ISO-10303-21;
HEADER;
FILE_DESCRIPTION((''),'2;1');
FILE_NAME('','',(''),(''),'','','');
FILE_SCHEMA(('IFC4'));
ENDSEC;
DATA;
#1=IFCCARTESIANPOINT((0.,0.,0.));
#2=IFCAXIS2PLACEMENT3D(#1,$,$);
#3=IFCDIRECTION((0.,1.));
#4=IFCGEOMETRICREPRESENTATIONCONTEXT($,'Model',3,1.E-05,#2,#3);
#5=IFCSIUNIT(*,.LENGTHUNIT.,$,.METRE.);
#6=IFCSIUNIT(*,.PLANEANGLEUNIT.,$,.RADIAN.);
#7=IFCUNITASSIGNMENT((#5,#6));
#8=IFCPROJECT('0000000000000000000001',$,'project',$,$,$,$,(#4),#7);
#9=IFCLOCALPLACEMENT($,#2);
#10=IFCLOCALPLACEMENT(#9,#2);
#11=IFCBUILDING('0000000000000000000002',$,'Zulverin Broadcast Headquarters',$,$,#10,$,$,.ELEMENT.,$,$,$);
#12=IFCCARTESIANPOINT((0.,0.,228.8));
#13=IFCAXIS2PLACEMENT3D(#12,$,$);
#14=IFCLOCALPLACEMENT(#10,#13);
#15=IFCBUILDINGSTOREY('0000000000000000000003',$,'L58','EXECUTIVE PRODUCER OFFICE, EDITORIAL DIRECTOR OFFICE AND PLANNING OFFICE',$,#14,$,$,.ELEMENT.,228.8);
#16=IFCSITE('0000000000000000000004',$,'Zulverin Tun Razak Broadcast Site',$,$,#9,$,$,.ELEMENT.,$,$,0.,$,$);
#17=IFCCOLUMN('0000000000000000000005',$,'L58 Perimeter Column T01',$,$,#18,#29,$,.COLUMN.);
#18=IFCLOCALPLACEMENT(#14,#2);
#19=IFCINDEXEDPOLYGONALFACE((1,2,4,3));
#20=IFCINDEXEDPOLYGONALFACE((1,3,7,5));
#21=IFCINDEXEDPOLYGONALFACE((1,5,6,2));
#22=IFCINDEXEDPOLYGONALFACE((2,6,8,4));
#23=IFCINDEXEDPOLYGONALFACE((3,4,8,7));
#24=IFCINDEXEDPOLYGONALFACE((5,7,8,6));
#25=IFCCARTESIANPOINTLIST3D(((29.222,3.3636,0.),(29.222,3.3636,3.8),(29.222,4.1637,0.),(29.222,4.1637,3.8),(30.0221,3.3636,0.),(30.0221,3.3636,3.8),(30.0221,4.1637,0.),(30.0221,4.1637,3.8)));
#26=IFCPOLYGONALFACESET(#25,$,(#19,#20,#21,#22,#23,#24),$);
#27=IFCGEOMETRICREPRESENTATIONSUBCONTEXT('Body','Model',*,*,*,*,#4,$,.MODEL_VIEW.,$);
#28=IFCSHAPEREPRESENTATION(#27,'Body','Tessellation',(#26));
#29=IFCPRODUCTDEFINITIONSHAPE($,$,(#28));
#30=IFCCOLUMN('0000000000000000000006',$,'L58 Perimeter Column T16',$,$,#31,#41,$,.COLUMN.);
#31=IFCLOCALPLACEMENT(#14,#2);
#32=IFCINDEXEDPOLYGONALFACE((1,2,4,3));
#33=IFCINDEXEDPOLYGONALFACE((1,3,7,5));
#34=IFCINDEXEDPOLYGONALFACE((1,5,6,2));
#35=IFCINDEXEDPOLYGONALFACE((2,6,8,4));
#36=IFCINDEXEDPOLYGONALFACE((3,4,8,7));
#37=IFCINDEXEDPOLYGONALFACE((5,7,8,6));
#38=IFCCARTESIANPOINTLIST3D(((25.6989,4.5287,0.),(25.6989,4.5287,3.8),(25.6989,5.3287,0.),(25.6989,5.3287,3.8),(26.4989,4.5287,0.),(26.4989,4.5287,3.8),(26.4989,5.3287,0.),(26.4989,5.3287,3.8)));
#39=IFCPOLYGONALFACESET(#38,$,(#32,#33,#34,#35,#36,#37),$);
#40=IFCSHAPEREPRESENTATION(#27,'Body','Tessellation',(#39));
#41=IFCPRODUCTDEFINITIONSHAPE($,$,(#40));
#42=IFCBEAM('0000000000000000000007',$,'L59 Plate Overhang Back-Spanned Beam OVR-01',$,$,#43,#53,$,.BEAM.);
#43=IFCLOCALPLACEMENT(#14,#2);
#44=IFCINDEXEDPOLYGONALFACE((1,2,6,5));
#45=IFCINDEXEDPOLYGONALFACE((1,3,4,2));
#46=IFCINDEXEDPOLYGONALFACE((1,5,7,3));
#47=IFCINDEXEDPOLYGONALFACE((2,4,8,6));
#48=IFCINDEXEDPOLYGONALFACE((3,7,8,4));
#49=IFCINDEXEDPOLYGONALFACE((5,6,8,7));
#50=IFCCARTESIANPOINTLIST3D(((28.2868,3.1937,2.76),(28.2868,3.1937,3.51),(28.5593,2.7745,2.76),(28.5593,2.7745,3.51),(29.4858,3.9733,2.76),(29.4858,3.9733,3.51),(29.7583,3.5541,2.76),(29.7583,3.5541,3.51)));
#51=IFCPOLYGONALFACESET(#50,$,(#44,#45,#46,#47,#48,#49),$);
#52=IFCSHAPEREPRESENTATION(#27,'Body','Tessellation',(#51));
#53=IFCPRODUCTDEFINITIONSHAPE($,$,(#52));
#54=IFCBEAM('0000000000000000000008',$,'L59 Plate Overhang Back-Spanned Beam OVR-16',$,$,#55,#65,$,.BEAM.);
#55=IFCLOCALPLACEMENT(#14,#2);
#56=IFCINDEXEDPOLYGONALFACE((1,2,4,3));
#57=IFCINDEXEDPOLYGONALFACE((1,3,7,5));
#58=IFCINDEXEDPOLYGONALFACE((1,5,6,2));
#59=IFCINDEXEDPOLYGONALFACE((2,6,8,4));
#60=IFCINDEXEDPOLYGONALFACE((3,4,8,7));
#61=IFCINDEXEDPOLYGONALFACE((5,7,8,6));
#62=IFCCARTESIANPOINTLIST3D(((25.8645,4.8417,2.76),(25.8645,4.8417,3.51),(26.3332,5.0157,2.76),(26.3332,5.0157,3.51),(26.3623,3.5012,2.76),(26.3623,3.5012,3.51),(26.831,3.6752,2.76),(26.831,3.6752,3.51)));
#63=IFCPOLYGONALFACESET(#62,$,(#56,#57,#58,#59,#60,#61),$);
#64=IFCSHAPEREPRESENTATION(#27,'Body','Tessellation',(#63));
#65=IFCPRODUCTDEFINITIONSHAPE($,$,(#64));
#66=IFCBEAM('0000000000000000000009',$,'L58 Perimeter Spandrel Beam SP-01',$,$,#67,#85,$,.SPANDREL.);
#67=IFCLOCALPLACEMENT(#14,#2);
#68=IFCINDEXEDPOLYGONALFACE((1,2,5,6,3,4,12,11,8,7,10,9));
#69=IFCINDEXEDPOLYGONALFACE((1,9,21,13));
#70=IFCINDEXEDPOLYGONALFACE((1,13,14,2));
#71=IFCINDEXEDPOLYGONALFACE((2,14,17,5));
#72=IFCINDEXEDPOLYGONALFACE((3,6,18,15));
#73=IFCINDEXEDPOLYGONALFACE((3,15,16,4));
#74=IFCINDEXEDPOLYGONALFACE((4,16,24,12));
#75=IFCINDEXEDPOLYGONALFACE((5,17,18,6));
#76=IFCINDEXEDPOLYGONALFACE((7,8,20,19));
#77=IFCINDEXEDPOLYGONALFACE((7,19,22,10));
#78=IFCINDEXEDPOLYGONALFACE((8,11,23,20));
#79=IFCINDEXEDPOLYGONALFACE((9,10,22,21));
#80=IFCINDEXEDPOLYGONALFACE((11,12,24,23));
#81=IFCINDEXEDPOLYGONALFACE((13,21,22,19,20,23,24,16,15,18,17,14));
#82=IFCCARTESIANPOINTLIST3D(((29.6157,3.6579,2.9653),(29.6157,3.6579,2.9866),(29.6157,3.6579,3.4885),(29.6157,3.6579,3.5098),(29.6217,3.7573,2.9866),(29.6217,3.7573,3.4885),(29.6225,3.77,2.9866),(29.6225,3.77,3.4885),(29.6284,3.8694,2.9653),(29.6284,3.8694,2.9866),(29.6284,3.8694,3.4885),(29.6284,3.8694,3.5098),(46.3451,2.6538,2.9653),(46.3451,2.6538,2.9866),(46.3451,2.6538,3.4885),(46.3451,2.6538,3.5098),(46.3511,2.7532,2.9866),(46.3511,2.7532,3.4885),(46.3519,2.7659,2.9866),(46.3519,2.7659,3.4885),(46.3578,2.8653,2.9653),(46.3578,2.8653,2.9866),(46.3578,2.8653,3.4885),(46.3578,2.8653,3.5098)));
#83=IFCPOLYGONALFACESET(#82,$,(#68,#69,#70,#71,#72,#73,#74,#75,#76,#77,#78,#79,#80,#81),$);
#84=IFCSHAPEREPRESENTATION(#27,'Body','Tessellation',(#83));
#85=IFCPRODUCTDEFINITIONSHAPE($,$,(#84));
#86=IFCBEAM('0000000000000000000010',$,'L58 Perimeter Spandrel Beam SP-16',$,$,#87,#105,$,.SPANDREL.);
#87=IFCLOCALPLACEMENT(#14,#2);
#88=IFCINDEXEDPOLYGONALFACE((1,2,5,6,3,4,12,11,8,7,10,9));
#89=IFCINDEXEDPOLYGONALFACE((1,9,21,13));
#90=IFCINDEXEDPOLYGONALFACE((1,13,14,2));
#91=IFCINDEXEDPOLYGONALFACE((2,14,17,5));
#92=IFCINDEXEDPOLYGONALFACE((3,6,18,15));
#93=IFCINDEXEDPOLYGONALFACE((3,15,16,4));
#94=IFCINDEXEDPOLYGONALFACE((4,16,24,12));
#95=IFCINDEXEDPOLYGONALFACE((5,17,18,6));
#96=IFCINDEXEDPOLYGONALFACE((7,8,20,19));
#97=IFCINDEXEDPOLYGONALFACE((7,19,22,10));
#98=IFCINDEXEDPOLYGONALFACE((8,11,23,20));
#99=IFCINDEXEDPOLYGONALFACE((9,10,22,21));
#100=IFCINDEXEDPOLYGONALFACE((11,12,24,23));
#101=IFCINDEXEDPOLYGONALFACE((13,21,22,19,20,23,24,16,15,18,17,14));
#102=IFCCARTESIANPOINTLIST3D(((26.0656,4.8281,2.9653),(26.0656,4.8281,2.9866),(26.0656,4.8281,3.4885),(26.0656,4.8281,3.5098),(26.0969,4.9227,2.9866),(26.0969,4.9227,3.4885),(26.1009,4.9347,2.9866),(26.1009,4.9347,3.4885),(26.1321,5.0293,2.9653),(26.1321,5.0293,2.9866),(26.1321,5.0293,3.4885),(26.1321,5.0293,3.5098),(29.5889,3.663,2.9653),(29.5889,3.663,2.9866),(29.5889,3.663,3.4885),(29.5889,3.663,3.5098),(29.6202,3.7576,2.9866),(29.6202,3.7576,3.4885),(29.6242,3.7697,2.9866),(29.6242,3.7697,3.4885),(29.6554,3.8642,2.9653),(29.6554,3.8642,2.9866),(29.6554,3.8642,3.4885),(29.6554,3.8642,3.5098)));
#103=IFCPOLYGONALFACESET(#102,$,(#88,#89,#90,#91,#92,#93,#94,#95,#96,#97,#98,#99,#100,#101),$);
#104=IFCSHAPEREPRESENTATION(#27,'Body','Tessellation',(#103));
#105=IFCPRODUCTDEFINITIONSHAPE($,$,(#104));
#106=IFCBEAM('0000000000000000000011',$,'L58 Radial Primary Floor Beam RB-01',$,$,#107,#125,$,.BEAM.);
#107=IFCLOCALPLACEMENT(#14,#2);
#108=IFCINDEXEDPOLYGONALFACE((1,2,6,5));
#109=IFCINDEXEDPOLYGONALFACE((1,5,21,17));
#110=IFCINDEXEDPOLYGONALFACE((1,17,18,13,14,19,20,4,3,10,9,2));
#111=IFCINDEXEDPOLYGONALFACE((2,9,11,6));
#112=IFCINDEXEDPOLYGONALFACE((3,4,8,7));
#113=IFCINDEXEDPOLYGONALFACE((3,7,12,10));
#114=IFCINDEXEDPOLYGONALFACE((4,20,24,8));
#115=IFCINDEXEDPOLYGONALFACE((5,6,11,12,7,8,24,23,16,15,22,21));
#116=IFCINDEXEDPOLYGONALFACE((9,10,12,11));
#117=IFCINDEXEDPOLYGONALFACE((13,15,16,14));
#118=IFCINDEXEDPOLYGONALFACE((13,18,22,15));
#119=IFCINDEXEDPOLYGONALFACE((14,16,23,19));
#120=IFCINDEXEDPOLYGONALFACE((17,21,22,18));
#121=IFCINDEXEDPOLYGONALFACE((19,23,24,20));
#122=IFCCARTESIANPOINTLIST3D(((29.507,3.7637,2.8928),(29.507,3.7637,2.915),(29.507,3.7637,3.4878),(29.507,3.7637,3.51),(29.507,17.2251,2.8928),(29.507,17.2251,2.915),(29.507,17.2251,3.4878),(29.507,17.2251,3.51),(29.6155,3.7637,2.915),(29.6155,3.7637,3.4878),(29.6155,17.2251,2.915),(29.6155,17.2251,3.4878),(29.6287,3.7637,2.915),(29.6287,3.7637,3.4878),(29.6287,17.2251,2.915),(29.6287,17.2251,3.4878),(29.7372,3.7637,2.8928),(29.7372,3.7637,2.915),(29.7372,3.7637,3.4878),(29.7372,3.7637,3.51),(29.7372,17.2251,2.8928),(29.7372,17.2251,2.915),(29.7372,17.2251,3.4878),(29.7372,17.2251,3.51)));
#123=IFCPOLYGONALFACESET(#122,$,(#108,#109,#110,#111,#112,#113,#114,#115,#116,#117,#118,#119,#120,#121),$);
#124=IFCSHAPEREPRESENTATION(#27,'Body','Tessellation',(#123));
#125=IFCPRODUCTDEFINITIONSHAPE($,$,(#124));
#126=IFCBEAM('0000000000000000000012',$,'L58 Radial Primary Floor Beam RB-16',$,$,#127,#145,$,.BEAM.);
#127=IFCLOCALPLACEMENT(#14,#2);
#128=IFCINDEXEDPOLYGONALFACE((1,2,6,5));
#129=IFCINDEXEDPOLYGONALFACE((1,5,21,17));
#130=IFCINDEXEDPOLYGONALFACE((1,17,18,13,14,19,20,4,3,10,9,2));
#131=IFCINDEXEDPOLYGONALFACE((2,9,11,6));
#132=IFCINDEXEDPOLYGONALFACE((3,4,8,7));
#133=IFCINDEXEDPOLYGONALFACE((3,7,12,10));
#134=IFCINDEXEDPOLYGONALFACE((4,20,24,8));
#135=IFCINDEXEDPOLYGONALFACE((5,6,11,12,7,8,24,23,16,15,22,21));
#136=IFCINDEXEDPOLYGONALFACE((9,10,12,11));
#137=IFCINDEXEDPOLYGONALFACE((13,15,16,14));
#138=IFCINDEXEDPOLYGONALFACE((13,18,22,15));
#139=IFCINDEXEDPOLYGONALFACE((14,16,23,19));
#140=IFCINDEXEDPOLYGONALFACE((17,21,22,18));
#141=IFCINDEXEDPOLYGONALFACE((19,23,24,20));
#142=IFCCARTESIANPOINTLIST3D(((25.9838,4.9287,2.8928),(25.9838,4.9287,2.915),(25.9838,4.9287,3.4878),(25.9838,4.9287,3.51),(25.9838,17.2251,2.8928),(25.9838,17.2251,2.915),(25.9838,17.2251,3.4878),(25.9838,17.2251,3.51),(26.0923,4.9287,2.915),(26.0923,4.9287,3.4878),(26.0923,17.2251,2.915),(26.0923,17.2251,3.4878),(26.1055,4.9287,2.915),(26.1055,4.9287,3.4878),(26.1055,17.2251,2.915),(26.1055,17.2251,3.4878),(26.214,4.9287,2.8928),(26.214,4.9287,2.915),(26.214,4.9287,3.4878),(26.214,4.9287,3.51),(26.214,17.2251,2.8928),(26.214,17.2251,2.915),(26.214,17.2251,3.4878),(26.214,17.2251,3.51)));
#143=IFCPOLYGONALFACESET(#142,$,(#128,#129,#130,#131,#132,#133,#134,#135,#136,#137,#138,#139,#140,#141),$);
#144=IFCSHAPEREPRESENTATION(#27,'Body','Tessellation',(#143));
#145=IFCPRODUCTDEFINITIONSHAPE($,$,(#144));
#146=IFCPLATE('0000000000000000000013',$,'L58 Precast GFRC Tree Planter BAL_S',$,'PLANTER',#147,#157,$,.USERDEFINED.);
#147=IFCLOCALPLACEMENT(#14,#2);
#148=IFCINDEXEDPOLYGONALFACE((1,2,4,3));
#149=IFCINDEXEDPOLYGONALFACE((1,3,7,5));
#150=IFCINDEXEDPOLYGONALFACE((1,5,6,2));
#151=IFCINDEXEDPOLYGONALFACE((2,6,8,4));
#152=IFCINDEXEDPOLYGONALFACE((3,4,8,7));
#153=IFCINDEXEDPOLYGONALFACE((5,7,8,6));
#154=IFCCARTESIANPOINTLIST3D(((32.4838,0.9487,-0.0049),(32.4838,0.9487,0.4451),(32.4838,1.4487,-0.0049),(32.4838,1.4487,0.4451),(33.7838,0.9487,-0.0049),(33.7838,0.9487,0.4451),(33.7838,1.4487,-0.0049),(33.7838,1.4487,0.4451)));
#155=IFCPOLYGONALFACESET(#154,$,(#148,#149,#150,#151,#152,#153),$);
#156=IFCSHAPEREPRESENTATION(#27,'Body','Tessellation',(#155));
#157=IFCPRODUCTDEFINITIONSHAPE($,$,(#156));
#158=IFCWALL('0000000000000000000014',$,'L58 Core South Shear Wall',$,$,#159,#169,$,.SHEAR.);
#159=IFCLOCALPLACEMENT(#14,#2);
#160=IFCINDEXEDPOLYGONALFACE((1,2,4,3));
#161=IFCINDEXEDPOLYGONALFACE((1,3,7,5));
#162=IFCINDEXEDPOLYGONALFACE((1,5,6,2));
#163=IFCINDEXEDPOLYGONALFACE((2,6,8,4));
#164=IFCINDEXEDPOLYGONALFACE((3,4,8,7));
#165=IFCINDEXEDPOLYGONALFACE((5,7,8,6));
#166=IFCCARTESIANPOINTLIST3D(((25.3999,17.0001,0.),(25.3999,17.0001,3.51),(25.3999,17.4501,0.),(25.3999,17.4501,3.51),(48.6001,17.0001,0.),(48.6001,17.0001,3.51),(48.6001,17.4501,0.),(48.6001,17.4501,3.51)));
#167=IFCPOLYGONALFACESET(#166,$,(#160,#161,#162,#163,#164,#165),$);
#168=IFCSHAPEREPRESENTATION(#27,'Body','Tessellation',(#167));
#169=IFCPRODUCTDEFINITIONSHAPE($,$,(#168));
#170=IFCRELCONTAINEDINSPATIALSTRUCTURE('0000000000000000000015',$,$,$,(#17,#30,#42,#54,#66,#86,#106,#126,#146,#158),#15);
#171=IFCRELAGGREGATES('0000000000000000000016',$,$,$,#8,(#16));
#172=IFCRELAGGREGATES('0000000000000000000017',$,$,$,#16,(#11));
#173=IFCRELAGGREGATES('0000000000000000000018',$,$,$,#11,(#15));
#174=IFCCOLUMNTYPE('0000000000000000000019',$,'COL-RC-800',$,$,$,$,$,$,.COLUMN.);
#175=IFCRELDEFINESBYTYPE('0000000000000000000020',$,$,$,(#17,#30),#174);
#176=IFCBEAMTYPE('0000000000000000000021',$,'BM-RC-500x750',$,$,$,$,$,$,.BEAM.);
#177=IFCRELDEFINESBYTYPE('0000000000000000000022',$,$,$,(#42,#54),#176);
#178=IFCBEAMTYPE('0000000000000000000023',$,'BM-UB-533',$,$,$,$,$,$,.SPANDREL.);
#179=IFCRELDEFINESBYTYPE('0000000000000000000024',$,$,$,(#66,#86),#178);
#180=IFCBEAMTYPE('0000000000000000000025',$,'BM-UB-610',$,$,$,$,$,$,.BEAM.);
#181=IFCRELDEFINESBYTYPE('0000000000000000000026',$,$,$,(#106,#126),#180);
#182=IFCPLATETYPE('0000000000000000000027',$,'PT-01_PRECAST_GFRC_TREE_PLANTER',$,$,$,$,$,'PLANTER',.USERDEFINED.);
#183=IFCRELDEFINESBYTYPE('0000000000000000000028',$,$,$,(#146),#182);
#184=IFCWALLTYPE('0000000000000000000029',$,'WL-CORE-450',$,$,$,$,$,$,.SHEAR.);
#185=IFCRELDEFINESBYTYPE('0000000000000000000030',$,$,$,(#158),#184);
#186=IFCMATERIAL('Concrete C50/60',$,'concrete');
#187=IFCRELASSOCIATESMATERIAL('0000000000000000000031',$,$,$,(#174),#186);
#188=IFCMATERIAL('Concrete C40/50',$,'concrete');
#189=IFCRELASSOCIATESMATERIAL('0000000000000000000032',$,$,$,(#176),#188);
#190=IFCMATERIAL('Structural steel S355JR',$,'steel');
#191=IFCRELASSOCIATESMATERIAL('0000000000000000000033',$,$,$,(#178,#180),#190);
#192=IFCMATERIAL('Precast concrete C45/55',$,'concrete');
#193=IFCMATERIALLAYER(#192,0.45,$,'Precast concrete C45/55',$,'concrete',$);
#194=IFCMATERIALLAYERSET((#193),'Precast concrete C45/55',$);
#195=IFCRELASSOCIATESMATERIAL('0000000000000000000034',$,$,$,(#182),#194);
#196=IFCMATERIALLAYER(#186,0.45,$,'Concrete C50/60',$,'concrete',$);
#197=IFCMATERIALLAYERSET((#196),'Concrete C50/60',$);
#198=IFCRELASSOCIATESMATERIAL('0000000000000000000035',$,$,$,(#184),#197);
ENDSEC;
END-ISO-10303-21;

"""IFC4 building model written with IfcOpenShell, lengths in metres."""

from ifc_helpers import new_model, si_unit, direction, frame, frame_2d, origin, origin_2d, place, context, subcontext, project, spatial, rectangle, i_section, extrude, material, layer, layer_set, material_profile, profile_set, type_object, element, save


model = new_model("IFC4")

# Units and contexts
model_context = context("Model", 3, precision=1e-05, world=origin(), true_north=direction((0.0, 1.0)))
body_context = subcontext(model_context, "Body", "Model", "MODEL_VIEW")
ifc_project = project(units=[si_unit("LENGTHUNIT", "METRE"), si_unit("PLANEANGLEUNIT", "RADIAN")], contexts=[model_context])

# Site, building, storey
site_placement = place(None, origin())
site = spatial("IfcSite", under=ifc_project, at=site_placement, Name="Zulverin Tun Razak Broadcast Site", CompositionType="ELEMENT", RefElevation=0.0)
building_placement = place(site_placement, origin())
building = spatial("IfcBuilding", under=site, at=building_placement, Name="Zulverin Broadcast Headquarters", CompositionType="ELEMENT")
storey_placement = place(building_placement, frame((0.0, 0.0, 228.8)))
storey = spatial("IfcBuildingStorey", under=building, at=storey_placement, Name="L58", Description="EXECUTIVE PRODUCER OFFICE, EDITORIAL DIRECTOR OFFICE AND PLANNING OFFICE", CompositionType="ELEMENT", Elevation=228.8)

# Columns
ifc_material_1 = material(Name="Concrete C50/60", Category="concrete")
ifc_material_profile_1 = material_profile(ifc_material_1, rectangle(XDim=0.8, YDim=0.8, at=origin_2d()), Name="Concrete C50/60", Category="concrete")
ifc_profile_set_1 = profile_set([ifc_material_profile_1], Name="Concrete C50/60")
column_type = type_object("IfcColumnType", Name="COL-RC-800", PredefinedType="COLUMN", material=ifc_profile_set_1)
for number, where, z_axis, x_axis, name in (
    (1, (29.6221, 3.7637, 0.0), (0.0, 0.0, 1.0), (1.0, 0.0, 0.0), "L58 Perimeter Column T01"),
    (2, (26.0989, 4.9287, 0.0), (0.0, 0.0, 1.0), (1.0, 0.0, 0.0), "L58 Perimeter Column T16"),
):
    element("IfcColumn", number, at=place(storey_placement, frame(where, z_axis=z_axis, x_axis=x_axis)), inside=storey, type_object=column_type, Name=name, PredefinedType="COLUMN", context=body_context, shape_type="SweptSolid", body=[
        extrude(rectangle(XDim=0.8, YDim=0.8, at=origin_2d()), origin(), (0.0, 0.0, 1.0), 3.8),
    ])

# Beams
ifc_material_2 = material(Name="Concrete C40/50", Category="concrete")
ifc_material_profile_2 = material_profile(ifc_material_2, rectangle(XDim=0.5, YDim=0.75, at=origin_2d()), Name="Concrete C40/50", Category="concrete")
ifc_profile_set_2 = profile_set([ifc_material_profile_2], Name="Concrete C40/50")
beam_type_1 = type_object("IfcBeamType", Name="BM-RC-500x750", PredefinedType="BEAM", material=ifc_profile_set_2)
beam_1_placement = place(storey_placement, frame((29.6221, 3.7637, 3.135), z_axis=(-0.838377, -0.54509, 0.0), x_axis=(0.54509, -0.838377, 0.0)))
element("IfcBeam", 3, at=beam_1_placement, inside=storey, type_object=beam_type_1, Name="L59 Plate Overhang Back-Spanned Beam OVR-01", PredefinedType="BEAM", context=body_context, shape_type="SweptSolid", body=[
    extrude(rectangle(XDim=0.5, YDim=0.75, at=origin_2d()), origin(), (0.0, 0.0, 1.0), 1.4302),
])
beam_2_placement = place(storey_placement, frame((26.0989, 4.9287, 3.135), z_axis=(0.348109, -0.937454, 0.0), x_axis=(0.937454, 0.348109, 0.0)))
element("IfcBeam", 4, at=beam_2_placement, inside=storey, type_object=beam_type_1, Name="L59 Plate Overhang Back-Spanned Beam OVR-16", PredefinedType="BEAM", context=body_context, shape_type="SweptSolid", body=[
    extrude(rectangle(XDim=0.5, YDim=0.75, at=origin_2d()), origin(), (0.0, 0.0, 1.0), 1.4299),
])
ifc_material_3 = material(Name="Structural steel S355JR", Category="steel")
ifc_material_profile_3 = material_profile(ifc_material_3, i_section(OverallWidth=0.2119, OverallDepth=0.5444, WebThickness=0.0127, FlangeThickness=0.0212, at=origin_2d()), Name="Structural steel S355JR", Category="steel")
ifc_profile_set_3 = profile_set([ifc_material_profile_3], Name="Structural steel S355JR")
beam_type_2 = type_object("IfcBeamType", Name="BM-UB-533", PredefinedType="SPANDREL", material=ifc_profile_set_3)
beam_3_placement = place(storey_placement, frame((29.6221, 3.7637, 3.2375), z_axis=(0.998203, -0.059915, 0.0), x_axis=(0.059915, 0.998203, 0.0)))
element("IfcBeam", 5, at=beam_3_placement, inside=storey, type_object=beam_type_2, Name="L58 Perimeter Spandrel Beam SP-01", PredefinedType="SPANDREL", context=body_context, shape_type="SweptSolid", body=[
    extrude(i_section(OverallWidth=0.2119, OverallDepth=0.5444, WebThickness=0.0127, FlangeThickness=0.0212, at=origin_2d()), origin(), (0.0, 0.0, 1.0), 16.7595),
])
beam_4_placement = place(storey_placement, frame((26.0989, 4.9287, 3.2375), z_axis=(0.949437, -0.313957, 0.0), x_axis=(0.313957, 0.949437, 0.0)))
element("IfcBeam", 6, at=beam_4_placement, inside=storey, type_object=beam_type_2, Name="L58 Perimeter Spandrel Beam SP-16", PredefinedType="SPANDREL", context=body_context, shape_type="SweptSolid", body=[
    extrude(i_section(OverallWidth=0.2119, OverallDepth=0.5444, WebThickness=0.0127, FlangeThickness=0.0212, at=origin_2d()), origin(), (0.0, 0.0, 1.0), 3.7109),
])
ifc_material_profile_4 = material_profile(ifc_material_3, i_section(OverallWidth=0.2302, OverallDepth=0.6172, WebThickness=0.0132, FlangeThickness=0.0222, at=origin_2d()), Name="Structural steel S355JR", Category="steel")
ifc_profile_set_4 = profile_set([ifc_material_profile_4], Name="Structural steel S355JR")
beam_type_3 = type_object("IfcBeamType", Name="BM-UB-610", PredefinedType="BEAM", material=ifc_profile_set_4)
beam_5_placement = place(storey_placement, frame((29.6221, 17.2251, 3.2014), z_axis=(0.0, -1.0, 0.0), x_axis=(1.0, 0.0, 0.0)))
element("IfcBeam", 7, at=beam_5_placement, inside=storey, type_object=beam_type_3, Name="L58 Radial Primary Floor Beam RB-01", PredefinedType="BEAM", context=body_context, shape_type="SweptSolid", body=[
    extrude(i_section(OverallWidth=0.2302, OverallDepth=0.6172, WebThickness=0.0132, FlangeThickness=0.0222, at=origin_2d()), origin(), (0.0, 0.0, 1.0), 13.4614),
])
beam_6_placement = place(storey_placement, frame((26.0989, 17.2251, 3.2014), z_axis=(0.0, -1.0, 0.0), x_axis=(1.0, 0.0, 0.0)))
element("IfcBeam", 8, at=beam_6_placement, inside=storey, type_object=beam_type_3, Name="L58 Radial Primary Floor Beam RB-16", PredefinedType="BEAM", context=body_context, shape_type="SweptSolid", body=[
    extrude(i_section(OverallWidth=0.2302, OverallDepth=0.6172, WebThickness=0.0132, FlangeThickness=0.0222, at=origin_2d()), origin(), (0.0, 0.0, 1.0), 12.2964),
])

# Plate
ifc_material_4 = material(Name="Precast concrete C45/55", Category="concrete")
ifc_layer_1 = layer(ifc_material_4, 0.45, Name="Precast concrete C45/55", Category="concrete")
ifc_layer_set_1 = layer_set([ifc_layer_1], Name="Precast concrete C45/55")
plate_type = type_object("IfcPlateType", Name="PT-01_PRECAST_GFRC_TREE_PLANTER", ElementType="PLANTER", PredefinedType="USERDEFINED", material=ifc_layer_set_1)
plate_placement = place(storey_placement, frame((33.1338, 1.1987, -0.0049), z_axis=(0.0, 0.0, 1.0), x_axis=(1.0, 0.0, 0.0)))
element("IfcPlate", 9, at=plate_placement, inside=storey, type_object=plate_type, Name="L58 Precast GFRC Tree Planter BAL_S", ObjectType="PLANTER", PredefinedType="USERDEFINED", context=body_context, shape_type="SweptSolid", body=[
    extrude(rectangle(XDim=1.3, YDim=0.5, at=origin_2d()), origin(), (0.0, 0.0, 1.0), 0.45),
])

# Wall
ifc_layer_2 = layer(ifc_material_1, 0.45, Name="Concrete C50/60", Category="concrete")
ifc_layer_set_2 = layer_set([ifc_layer_2], Name="Concrete C50/60")
wall_type_1 = type_object("IfcWallType", Name="WL-CORE-450", PredefinedType="SHEAR", material=ifc_layer_set_2)
wall_1_placement = place(storey_placement, frame((25.3999, 17.2251, 0.0), z_axis=(0.0, 0.0, 1.0), x_axis=(1.0, 0.0, 0.0)))
element("IfcWall", 10, at=wall_1_placement, inside=storey, type_object=wall_type_1, Name="L58 Core South Shear Wall", PredefinedType="SHEAR", context=body_context, shape_type="SweptSolid", body=[
    extrude(rectangle(XDim=23.2002, YDim=0.45, at=frame_2d((11.6001, 0.0))), origin(), (0.0, 0.0, 1.0), 3.51),
])

save(model, "model.ifc")
